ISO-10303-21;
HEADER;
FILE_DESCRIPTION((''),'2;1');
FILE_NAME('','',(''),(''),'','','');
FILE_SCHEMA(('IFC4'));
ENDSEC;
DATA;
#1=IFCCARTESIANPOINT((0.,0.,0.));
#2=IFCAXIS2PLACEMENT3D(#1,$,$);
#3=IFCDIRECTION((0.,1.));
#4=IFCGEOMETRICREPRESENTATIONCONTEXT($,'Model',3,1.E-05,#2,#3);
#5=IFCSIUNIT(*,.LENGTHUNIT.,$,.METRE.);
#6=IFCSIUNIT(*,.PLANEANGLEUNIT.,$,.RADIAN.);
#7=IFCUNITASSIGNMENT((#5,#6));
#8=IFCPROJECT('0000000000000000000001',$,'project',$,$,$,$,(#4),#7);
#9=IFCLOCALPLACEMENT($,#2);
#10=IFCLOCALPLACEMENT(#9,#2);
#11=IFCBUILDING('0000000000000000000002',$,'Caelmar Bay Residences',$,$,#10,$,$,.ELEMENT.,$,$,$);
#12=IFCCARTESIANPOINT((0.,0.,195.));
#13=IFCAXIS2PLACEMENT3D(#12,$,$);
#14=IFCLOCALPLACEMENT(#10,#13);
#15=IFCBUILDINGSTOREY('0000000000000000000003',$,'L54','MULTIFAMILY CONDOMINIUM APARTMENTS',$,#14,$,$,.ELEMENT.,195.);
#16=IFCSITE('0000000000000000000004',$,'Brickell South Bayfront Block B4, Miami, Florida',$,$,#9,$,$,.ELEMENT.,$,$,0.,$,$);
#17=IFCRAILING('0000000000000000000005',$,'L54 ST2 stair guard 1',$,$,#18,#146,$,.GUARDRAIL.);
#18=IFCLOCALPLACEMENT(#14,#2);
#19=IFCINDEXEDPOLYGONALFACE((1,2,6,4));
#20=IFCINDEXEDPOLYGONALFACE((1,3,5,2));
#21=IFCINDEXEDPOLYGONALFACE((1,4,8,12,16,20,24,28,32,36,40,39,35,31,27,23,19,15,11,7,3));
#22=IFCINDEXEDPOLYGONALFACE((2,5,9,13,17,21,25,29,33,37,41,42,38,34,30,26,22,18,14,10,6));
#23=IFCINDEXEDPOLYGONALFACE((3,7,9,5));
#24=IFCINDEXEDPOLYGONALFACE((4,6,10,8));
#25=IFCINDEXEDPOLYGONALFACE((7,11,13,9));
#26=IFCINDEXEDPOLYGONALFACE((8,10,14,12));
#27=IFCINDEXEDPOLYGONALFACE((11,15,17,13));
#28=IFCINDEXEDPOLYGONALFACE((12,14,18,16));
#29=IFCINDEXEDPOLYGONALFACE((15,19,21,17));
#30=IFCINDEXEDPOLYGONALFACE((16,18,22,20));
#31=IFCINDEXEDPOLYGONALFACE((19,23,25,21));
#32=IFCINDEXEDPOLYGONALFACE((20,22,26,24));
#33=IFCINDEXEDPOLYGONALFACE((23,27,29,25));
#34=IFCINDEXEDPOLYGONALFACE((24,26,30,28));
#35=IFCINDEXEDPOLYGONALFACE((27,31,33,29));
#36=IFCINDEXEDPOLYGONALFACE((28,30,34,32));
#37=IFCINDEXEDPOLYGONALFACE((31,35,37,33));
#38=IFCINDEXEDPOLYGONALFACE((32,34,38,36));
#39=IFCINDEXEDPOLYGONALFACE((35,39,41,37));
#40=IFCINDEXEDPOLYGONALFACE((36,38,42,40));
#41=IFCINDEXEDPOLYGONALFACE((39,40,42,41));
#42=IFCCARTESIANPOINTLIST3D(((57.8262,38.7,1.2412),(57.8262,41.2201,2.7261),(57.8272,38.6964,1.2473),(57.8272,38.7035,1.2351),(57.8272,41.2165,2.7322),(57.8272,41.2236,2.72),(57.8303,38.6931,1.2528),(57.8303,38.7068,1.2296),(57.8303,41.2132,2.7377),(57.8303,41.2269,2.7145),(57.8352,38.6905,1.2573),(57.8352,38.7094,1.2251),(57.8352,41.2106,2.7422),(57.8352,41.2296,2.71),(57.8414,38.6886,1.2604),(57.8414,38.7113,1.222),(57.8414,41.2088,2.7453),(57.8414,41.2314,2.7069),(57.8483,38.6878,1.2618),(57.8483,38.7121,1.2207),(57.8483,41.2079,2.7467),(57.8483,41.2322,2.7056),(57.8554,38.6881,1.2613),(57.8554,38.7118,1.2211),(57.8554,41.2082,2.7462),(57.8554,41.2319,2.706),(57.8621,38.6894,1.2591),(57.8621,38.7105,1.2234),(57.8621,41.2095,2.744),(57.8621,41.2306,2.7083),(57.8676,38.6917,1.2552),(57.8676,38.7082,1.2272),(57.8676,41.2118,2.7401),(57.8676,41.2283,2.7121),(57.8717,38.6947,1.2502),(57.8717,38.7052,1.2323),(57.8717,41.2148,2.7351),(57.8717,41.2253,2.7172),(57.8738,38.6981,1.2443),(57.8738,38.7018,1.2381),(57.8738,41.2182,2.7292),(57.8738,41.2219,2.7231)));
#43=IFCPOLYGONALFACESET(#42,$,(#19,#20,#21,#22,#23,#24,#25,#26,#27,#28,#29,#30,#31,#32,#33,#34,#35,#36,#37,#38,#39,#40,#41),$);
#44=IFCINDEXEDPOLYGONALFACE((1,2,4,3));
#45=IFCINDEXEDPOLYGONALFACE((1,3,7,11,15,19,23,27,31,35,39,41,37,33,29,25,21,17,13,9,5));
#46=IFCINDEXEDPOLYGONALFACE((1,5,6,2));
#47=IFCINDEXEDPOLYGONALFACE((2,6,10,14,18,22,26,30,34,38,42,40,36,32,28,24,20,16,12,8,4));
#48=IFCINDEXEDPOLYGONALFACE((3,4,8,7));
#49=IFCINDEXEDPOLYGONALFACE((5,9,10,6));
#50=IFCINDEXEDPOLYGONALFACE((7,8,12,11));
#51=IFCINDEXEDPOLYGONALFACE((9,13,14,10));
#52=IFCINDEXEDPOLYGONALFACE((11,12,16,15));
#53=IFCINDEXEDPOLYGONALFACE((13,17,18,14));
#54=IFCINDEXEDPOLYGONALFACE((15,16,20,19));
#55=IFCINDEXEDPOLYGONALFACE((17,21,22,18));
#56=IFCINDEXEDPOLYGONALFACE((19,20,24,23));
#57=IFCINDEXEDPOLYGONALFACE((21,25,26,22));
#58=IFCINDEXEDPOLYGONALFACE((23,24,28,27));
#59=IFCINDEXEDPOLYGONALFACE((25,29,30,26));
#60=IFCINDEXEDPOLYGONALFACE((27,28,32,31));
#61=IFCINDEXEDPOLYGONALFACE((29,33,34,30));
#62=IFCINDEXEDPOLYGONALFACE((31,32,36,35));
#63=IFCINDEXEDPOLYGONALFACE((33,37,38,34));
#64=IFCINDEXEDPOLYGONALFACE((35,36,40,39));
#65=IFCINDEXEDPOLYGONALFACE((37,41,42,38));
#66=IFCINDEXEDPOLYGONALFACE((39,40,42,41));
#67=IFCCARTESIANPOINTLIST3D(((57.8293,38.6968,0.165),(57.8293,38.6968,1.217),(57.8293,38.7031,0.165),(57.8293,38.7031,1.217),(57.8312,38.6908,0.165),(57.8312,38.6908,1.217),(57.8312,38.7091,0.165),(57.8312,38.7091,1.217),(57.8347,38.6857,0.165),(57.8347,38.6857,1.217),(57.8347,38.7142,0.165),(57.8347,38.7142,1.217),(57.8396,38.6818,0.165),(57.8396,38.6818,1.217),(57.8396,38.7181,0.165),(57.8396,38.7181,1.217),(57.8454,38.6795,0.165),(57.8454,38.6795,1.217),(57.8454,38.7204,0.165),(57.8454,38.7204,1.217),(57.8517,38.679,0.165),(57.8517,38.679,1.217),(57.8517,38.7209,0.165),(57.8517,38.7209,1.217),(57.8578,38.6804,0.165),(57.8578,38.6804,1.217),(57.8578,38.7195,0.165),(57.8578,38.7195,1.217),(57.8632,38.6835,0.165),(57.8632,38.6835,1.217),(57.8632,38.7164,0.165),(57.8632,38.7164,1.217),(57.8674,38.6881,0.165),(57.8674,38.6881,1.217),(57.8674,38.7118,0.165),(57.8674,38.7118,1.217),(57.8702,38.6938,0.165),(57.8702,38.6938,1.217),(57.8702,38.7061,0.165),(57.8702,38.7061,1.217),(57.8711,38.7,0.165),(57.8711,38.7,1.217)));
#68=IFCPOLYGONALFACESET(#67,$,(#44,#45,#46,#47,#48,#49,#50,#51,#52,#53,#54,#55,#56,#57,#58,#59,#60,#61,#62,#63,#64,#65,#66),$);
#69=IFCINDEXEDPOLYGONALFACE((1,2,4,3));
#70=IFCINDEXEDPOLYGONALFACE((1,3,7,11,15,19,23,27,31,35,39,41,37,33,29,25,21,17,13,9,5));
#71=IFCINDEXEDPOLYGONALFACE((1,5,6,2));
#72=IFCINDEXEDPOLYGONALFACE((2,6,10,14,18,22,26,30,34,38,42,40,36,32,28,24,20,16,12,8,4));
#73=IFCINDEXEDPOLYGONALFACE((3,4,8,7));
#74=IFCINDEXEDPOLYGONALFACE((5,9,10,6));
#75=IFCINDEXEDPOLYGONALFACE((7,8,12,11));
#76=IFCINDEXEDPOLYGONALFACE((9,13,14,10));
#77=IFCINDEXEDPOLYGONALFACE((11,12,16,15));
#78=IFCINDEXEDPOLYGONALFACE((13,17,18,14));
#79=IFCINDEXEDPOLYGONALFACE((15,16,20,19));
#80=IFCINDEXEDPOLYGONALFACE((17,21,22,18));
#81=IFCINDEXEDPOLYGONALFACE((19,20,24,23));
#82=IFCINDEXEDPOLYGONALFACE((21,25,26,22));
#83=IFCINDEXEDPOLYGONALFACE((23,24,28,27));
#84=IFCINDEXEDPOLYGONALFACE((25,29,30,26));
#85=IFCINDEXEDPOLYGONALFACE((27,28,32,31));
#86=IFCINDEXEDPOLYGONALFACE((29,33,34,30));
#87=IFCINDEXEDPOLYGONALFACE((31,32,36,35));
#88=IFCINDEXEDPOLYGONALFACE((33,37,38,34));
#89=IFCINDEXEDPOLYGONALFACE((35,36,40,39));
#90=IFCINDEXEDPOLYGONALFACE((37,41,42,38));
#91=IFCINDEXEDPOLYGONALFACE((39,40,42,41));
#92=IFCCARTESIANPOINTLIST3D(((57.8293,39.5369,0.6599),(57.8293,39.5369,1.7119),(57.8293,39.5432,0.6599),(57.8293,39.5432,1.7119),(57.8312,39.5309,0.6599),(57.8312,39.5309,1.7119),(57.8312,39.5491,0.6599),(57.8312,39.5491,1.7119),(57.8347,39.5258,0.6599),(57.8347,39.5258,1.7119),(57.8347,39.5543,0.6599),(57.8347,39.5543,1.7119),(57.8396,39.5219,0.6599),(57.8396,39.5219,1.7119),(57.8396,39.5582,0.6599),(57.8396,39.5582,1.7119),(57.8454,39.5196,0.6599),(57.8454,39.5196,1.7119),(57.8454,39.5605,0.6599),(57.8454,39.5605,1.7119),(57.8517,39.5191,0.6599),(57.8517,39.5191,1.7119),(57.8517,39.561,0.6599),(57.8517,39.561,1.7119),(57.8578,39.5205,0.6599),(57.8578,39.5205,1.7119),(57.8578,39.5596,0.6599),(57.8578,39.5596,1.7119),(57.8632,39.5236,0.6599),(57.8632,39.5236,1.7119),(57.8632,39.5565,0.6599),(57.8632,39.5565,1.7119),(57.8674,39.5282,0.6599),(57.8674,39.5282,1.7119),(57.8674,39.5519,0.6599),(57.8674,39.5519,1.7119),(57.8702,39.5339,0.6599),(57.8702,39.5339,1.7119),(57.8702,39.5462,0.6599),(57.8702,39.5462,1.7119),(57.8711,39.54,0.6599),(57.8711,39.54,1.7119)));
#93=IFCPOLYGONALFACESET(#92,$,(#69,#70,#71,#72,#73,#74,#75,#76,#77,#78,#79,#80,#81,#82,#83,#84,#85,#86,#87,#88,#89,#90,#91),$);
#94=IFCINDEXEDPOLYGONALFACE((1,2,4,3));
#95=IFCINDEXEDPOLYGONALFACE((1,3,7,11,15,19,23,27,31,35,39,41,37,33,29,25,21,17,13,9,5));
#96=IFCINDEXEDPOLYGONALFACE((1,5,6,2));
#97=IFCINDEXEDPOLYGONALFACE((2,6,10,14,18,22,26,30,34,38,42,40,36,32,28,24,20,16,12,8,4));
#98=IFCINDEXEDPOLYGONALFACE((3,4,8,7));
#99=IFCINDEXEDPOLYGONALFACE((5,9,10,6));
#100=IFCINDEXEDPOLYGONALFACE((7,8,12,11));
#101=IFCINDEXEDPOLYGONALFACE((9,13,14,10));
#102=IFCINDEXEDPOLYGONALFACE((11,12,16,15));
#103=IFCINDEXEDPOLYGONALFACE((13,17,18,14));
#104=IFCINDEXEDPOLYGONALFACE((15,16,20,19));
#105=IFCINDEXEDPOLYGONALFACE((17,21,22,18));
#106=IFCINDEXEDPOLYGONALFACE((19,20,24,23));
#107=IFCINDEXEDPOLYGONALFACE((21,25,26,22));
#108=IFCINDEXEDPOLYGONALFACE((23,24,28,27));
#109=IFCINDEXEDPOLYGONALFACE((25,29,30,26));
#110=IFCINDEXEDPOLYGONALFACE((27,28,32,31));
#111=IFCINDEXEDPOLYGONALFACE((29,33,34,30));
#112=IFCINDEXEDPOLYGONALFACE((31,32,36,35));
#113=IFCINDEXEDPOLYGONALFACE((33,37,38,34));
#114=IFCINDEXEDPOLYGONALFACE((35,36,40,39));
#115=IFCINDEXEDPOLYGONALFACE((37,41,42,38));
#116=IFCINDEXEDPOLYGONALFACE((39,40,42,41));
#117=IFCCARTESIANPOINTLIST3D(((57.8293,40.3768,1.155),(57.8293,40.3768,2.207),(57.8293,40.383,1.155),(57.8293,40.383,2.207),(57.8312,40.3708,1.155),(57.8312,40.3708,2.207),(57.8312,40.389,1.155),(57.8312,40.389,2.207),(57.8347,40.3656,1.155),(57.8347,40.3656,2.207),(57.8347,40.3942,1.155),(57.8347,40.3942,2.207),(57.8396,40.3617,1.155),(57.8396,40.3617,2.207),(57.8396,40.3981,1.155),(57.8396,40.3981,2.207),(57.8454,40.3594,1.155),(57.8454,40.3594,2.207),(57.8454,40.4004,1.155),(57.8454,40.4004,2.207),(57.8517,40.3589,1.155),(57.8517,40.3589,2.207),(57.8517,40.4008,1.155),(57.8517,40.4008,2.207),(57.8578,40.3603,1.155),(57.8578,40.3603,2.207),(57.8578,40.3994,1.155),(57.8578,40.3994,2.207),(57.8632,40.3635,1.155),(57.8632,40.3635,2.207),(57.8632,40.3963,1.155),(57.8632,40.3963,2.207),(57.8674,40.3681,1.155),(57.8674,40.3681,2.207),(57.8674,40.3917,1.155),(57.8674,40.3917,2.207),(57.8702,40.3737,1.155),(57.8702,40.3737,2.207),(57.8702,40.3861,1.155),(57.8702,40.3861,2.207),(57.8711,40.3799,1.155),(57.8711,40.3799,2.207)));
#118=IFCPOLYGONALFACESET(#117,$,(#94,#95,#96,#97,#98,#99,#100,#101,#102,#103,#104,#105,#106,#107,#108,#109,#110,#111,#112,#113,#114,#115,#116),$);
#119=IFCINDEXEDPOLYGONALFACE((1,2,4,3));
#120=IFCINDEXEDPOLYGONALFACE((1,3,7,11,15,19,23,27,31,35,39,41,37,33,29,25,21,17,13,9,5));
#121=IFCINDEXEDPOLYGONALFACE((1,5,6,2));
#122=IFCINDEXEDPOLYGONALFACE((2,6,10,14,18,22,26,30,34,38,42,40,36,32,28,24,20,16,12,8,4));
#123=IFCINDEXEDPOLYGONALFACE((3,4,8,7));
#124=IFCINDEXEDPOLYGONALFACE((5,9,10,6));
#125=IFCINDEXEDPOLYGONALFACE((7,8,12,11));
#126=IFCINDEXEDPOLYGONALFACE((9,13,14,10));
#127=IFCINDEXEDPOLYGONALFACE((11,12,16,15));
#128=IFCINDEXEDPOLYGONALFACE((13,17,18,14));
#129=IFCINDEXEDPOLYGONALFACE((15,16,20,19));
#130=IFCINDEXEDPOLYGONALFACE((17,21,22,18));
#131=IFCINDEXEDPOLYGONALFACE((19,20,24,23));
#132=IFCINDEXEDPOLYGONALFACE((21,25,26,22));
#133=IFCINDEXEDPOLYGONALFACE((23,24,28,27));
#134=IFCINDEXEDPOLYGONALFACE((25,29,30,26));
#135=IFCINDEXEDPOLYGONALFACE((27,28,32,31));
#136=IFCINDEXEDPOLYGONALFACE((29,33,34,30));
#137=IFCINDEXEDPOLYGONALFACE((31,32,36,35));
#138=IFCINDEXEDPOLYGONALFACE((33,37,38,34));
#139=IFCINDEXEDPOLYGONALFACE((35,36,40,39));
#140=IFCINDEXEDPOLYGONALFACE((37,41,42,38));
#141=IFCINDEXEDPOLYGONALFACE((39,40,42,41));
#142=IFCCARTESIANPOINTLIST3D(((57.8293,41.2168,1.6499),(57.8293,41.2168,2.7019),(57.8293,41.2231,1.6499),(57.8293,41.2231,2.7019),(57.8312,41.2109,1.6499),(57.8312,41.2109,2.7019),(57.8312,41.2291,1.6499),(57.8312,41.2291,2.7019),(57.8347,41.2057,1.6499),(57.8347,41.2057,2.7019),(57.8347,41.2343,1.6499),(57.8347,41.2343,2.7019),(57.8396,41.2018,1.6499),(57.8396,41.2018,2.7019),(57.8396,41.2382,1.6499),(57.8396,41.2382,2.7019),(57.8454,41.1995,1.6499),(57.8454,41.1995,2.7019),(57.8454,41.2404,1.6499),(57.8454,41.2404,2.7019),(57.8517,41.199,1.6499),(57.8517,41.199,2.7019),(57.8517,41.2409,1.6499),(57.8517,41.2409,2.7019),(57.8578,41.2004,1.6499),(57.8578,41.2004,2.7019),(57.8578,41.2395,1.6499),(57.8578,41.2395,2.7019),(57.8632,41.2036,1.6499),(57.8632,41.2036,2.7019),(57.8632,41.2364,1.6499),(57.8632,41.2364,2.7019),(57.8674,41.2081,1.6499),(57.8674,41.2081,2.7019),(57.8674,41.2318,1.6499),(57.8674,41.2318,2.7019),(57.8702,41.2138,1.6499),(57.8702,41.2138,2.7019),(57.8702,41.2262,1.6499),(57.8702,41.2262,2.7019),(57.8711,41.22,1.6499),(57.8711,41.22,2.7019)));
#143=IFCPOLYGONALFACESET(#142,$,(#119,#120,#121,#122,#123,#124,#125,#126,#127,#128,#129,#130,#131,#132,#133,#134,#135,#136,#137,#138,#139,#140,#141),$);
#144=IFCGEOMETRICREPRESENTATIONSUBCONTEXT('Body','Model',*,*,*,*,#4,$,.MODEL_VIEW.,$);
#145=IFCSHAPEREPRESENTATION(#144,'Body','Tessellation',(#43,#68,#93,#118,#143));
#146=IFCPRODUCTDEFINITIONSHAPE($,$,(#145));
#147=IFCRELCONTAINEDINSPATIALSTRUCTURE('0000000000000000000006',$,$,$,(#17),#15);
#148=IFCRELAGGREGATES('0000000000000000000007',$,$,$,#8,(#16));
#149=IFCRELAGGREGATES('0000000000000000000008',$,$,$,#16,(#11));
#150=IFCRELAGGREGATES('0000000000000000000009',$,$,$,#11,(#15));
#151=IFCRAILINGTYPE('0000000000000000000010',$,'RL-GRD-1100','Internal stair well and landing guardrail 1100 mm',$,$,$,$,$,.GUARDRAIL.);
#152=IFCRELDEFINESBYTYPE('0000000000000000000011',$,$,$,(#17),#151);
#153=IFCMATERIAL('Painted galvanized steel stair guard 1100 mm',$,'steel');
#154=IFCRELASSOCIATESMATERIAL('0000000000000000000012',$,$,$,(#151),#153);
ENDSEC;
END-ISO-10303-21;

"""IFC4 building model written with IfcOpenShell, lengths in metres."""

from ifc_helpers import new_model, si_unit, direction, frame, origin, origin_2d, place, context, subcontext, project, spatial, circle, extrude, material, type_object, element, save


model = new_model("IFC4")

# Units and contexts
model_context = context("Model", 3, precision=1e-05, world=origin(), true_north=direction((0.0, 1.0)))
body_context = subcontext(model_context, "Body", "Model", "MODEL_VIEW")
ifc_project = project(units=[si_unit("LENGTHUNIT", "METRE"), si_unit("PLANEANGLEUNIT", "RADIAN")], contexts=[model_context])

# Site, building, storey
site_placement = place(None, origin())
site = spatial("IfcSite", under=ifc_project, at=site_placement, Name="Brickell South Bayfront Block B4, Miami, Florida", CompositionType="ELEMENT", RefElevation=0.0)
building_placement = place(site_placement, origin())
building = spatial("IfcBuilding", under=site, at=building_placement, Name="Caelmar Bay Residences", CompositionType="ELEMENT")
storey_placement = place(building_placement, frame((0.0, 0.0, 195.0)))
storey = spatial("IfcBuildingStorey", under=building, at=storey_placement, Name="L54", Description="MULTIFAMILY CONDOMINIUM APARTMENTS", CompositionType="ELEMENT", Elevation=195.0)

# Railing
ifc_material_1 = material(Name="Painted galvanized steel stair guard 1100 mm", Category="steel")
railing_type_1 = type_object("IfcRailingType", Name="RL-GRD-1100", Description="Internal stair well and landing guardrail 1100 mm", PredefinedType="GUARDRAIL", material=ifc_material_1)
railing_1_placement = place(storey_placement, frame((57.8501, 38.7, 0.165)))
element("IfcRailing", 1, at=railing_1_placement, inside=storey, type_object=railing_type_1, Name="L54 ST2 stair guard 1", PredefinedType="GUARDRAIL", context=body_context, shape_type="SweptSolid", body=[
    extrude(circle(Radius=0.0239, at=origin_2d()), frame((0.0, 0.0, 1.0762), z_axis=(0.0, 0.861561, 0.507655), x_axis=(-1.0, 0.0, 0.0)), (0.0, 0.0, 1.0), 2.925),
    extrude(circle(Radius=0.021, at=origin_2d()), origin(), (0.0, 0.0, 1.0), 1.052),
    extrude(circle(Radius=0.021, at=origin_2d()), frame((0.0, 0.8401, 0.4949)), (0.0, 0.0, 1.0), 1.052),
    extrude(circle(Radius=0.021, at=origin_2d()), frame((0.0, 1.6799, 0.99)), (0.0, 0.0, 1.0), 1.052),
    extrude(circle(Radius=0.021, at=origin_2d()), frame((0.0, 2.52, 1.4849)), (0.0, 0.0, 1.0), 1.052),
])

save(model, "model.ifc")
